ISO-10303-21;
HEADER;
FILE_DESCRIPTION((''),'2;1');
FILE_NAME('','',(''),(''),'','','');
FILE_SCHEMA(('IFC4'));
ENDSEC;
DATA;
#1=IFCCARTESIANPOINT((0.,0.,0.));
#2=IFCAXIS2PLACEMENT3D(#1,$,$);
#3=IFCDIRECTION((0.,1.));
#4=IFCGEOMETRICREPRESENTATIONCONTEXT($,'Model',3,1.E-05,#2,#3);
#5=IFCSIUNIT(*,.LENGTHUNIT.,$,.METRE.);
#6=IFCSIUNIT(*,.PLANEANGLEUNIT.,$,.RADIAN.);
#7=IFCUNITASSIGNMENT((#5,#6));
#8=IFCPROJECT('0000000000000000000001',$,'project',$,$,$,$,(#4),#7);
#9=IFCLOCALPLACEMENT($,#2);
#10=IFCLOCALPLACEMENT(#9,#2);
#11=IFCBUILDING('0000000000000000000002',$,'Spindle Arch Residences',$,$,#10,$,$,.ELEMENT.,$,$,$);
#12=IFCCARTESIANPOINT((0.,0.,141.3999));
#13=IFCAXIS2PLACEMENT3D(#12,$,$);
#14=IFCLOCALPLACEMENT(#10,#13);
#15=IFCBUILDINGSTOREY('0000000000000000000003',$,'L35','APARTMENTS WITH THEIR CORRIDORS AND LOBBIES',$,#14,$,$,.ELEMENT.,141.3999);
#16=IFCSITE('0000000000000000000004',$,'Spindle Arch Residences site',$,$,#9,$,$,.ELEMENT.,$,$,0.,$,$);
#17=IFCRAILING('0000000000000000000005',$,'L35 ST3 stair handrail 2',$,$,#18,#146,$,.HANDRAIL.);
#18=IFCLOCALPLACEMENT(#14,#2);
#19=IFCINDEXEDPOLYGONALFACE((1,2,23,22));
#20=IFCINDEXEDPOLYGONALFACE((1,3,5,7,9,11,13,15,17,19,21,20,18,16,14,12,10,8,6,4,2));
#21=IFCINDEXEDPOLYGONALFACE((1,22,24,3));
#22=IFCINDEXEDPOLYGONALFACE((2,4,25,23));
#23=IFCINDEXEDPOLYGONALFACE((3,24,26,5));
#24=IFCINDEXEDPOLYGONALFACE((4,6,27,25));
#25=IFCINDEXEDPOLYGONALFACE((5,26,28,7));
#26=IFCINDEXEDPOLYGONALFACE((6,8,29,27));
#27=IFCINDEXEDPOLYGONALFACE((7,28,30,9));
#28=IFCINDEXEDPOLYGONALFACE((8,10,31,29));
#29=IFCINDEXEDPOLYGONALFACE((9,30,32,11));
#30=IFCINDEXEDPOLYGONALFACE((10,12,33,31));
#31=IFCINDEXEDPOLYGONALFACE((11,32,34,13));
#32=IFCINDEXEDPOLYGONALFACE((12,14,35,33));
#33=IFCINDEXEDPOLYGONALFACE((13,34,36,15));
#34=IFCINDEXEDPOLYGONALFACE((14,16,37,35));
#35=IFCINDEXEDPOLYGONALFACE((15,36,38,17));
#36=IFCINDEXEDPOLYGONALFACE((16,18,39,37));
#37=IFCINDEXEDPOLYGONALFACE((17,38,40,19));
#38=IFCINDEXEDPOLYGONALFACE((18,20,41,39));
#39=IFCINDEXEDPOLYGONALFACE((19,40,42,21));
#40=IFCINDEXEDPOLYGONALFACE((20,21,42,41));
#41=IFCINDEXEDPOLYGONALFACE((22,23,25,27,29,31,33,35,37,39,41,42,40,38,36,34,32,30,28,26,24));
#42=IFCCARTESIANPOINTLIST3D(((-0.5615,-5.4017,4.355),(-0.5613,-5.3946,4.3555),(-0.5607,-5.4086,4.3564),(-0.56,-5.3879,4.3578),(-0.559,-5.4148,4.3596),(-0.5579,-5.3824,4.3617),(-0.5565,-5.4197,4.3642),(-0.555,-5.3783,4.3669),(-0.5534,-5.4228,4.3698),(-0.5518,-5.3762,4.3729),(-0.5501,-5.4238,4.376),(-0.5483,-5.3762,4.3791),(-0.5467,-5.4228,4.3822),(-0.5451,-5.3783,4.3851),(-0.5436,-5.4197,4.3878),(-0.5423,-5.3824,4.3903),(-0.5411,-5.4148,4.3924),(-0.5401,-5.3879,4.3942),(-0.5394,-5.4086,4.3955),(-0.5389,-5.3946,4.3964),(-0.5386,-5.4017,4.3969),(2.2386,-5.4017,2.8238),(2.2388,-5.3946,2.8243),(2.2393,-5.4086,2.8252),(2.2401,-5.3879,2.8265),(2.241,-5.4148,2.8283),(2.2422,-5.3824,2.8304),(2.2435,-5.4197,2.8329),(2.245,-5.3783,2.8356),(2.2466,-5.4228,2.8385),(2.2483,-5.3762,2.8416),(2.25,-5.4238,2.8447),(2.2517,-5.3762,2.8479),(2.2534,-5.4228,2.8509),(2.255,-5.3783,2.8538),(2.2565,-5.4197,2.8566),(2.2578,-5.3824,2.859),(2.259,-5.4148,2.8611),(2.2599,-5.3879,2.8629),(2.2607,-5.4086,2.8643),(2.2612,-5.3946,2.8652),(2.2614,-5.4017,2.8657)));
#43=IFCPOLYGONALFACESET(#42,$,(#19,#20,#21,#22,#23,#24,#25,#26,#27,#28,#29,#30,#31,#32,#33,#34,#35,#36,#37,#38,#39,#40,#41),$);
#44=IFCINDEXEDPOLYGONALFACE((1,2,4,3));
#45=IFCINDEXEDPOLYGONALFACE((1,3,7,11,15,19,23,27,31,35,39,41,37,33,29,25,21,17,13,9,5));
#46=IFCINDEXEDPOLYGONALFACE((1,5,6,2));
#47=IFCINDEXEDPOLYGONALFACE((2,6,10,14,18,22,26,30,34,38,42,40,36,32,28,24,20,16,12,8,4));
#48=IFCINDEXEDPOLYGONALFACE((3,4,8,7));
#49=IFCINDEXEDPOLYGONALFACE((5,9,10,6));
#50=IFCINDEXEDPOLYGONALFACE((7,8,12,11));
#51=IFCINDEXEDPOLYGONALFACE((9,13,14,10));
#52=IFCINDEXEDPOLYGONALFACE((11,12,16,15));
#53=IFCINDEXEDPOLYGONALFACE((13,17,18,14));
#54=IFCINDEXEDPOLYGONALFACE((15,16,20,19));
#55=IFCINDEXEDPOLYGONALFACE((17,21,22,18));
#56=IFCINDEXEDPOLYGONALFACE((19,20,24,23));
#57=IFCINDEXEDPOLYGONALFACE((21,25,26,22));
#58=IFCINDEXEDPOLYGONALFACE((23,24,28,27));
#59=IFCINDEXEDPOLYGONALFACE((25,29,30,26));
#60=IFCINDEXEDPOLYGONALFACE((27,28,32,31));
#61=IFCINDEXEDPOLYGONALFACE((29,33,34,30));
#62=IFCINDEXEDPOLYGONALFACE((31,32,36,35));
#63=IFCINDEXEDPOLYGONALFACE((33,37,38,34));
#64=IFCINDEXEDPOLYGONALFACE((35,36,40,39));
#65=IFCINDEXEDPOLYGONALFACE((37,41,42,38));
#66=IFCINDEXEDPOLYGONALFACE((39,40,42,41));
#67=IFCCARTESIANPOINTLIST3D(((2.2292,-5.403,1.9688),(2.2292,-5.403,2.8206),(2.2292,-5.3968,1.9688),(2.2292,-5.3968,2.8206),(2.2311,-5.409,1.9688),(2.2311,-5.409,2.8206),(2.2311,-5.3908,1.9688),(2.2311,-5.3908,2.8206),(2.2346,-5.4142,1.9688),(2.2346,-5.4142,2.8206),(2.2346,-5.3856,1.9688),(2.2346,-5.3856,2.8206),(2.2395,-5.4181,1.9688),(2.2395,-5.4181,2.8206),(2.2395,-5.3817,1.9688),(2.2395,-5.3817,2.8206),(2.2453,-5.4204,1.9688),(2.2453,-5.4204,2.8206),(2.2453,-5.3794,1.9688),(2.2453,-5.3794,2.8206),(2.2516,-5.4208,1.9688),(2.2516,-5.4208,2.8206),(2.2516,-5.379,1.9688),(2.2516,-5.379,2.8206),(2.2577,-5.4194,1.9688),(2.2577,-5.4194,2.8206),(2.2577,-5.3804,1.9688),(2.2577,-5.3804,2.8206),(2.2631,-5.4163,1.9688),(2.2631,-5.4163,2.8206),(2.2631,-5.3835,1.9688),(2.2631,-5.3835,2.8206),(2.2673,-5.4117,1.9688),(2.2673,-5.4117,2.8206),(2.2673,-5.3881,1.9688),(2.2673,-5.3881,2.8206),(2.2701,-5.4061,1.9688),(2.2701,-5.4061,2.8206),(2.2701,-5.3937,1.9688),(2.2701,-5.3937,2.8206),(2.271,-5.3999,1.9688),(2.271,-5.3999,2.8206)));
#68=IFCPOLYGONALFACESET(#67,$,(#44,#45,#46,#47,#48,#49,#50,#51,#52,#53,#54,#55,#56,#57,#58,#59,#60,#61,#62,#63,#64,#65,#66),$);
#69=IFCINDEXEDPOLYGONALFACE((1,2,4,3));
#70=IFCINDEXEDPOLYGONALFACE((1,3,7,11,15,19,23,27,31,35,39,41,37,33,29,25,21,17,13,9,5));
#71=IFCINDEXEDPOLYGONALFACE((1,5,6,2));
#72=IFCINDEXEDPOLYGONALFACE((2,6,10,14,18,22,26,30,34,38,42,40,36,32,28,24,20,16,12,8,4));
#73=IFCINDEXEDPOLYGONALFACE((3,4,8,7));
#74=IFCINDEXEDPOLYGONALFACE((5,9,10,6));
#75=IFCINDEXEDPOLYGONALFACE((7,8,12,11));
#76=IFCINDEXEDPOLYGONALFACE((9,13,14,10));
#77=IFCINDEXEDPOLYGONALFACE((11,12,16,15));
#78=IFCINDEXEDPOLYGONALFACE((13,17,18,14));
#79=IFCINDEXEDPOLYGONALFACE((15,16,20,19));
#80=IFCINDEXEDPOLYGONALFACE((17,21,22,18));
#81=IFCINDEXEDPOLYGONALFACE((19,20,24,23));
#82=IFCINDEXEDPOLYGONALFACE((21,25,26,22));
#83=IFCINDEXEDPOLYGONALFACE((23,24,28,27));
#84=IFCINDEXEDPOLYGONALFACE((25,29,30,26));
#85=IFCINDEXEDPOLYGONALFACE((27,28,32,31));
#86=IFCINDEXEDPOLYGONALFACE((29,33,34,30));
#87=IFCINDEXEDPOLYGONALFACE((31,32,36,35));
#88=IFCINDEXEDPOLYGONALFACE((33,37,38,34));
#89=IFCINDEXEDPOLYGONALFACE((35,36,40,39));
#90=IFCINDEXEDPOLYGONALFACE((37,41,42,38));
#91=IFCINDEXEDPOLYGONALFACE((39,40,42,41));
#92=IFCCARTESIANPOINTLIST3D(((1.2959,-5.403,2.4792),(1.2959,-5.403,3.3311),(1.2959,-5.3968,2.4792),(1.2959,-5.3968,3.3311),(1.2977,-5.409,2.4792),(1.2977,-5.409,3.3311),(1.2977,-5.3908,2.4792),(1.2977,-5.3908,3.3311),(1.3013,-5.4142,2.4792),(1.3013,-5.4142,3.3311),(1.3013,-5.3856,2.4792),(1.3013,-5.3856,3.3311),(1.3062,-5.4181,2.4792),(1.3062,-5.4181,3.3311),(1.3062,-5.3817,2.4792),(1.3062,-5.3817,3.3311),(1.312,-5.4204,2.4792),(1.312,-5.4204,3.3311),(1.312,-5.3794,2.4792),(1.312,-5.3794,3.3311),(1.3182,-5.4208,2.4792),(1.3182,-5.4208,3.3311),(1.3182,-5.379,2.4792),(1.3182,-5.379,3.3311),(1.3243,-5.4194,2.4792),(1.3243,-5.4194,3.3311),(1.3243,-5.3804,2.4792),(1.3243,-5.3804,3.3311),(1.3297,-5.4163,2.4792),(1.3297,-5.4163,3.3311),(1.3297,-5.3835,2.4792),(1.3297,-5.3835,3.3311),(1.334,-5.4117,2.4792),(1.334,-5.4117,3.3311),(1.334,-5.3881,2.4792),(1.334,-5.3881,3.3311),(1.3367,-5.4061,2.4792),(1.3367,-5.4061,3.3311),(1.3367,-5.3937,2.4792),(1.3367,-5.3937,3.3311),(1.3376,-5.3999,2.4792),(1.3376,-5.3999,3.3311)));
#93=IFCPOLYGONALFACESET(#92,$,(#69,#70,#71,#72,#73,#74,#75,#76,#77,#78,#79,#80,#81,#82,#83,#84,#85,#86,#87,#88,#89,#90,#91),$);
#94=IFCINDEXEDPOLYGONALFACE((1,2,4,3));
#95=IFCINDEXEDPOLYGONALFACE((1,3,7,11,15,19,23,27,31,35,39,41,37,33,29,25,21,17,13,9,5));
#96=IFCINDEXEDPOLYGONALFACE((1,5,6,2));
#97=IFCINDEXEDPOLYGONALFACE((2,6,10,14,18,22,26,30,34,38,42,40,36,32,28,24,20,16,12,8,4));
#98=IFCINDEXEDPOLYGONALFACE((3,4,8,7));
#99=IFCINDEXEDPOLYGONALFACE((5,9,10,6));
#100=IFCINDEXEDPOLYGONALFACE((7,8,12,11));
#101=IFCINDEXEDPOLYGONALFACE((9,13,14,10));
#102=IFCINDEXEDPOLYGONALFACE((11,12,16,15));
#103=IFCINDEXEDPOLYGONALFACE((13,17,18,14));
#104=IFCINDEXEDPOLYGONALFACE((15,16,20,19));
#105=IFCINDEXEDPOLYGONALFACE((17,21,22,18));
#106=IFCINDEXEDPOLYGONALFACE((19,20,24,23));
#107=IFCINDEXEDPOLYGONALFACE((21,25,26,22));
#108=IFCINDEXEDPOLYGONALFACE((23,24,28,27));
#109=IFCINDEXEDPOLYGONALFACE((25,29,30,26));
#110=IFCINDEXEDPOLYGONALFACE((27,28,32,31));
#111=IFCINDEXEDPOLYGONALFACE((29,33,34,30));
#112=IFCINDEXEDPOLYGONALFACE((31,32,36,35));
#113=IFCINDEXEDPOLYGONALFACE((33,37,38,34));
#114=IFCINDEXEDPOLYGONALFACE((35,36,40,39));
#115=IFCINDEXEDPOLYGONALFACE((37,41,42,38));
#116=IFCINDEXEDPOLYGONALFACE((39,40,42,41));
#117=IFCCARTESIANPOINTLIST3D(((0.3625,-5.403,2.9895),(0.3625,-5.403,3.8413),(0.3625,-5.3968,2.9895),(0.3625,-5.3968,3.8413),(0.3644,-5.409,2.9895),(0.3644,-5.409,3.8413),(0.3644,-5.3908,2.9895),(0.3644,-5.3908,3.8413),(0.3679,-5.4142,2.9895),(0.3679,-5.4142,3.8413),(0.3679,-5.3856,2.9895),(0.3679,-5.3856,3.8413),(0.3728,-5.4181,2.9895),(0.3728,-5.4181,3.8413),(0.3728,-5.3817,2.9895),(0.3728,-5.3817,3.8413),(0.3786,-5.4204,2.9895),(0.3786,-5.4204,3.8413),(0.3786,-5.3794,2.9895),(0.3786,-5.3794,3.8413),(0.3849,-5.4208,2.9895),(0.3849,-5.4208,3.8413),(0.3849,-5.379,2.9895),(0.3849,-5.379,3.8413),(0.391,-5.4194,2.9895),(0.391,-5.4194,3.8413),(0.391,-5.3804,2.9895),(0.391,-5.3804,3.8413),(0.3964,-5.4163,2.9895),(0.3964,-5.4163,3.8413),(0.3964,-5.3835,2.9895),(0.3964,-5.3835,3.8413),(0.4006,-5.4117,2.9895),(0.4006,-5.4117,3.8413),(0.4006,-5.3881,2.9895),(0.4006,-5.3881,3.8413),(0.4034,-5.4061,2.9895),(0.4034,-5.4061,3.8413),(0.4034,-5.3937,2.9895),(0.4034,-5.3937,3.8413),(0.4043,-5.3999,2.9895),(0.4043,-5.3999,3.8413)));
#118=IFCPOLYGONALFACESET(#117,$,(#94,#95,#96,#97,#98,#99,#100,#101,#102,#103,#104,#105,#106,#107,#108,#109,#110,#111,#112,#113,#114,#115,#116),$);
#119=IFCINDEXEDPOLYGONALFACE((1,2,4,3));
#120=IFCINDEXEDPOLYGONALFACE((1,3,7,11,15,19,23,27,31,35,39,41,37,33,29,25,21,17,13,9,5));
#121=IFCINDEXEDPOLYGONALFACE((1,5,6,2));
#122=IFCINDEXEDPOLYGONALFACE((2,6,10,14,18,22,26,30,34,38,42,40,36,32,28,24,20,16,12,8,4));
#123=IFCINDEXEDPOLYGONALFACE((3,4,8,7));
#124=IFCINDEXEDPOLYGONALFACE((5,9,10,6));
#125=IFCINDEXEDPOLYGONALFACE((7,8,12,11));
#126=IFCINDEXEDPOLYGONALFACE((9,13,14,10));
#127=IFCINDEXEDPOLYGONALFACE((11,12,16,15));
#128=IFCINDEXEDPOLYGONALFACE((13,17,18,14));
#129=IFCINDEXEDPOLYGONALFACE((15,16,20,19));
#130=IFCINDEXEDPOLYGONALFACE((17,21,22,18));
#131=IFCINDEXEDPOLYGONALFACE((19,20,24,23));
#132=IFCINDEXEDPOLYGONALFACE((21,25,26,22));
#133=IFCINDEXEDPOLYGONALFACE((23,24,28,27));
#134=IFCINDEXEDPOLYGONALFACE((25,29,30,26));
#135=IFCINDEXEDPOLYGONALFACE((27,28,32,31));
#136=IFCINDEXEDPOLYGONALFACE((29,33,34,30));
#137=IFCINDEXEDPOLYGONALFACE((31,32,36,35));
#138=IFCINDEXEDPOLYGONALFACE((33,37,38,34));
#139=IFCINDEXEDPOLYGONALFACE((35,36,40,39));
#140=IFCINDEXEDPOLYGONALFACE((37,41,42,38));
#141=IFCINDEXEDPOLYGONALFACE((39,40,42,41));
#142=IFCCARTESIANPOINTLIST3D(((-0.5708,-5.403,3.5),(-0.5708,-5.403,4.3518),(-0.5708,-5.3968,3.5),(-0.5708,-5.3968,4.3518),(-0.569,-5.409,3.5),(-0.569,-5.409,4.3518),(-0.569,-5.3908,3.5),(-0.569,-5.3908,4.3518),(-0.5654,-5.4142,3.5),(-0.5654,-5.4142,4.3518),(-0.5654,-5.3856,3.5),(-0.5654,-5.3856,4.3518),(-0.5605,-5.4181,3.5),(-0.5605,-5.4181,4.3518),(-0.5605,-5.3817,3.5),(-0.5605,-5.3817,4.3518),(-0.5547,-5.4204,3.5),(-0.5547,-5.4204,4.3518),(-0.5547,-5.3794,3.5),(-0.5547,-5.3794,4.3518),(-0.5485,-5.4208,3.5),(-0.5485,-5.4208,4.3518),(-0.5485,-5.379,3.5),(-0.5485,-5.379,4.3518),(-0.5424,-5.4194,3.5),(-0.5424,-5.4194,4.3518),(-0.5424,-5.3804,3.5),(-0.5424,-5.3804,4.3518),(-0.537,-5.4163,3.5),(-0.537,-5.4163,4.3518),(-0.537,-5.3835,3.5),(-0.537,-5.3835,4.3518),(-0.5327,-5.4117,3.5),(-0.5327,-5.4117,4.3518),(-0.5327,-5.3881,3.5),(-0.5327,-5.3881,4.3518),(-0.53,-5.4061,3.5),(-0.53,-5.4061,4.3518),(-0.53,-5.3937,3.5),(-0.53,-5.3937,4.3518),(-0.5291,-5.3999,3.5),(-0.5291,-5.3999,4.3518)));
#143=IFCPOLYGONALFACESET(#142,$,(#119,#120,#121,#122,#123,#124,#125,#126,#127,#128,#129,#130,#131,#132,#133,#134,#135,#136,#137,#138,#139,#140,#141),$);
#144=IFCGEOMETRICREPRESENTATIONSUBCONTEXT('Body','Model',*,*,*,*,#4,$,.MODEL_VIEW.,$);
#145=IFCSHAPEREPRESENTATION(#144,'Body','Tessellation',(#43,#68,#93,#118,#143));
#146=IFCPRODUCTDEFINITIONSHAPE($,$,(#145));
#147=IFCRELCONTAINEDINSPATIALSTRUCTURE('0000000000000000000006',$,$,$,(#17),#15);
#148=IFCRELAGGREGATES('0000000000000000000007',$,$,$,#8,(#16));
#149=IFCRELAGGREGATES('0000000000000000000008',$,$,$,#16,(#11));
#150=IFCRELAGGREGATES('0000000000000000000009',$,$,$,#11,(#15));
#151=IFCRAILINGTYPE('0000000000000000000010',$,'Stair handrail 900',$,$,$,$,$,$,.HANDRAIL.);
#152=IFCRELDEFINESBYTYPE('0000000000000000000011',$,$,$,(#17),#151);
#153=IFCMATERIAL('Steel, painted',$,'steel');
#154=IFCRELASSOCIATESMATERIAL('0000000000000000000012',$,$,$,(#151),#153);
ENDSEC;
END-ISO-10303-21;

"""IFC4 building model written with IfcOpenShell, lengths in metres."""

from ifc_helpers import new_model, si_unit, direction, frame, origin, origin_2d, place, context, subcontext, project, spatial, circle, extrude, material, type_object, element, save


model = new_model("IFC4")

# Units and contexts
model_context = context("Model", 3, precision=1e-05, world=origin(), true_north=direction((0.0, 1.0)))
body_context = subcontext(model_context, "Body", "Model", "MODEL_VIEW")
ifc_project = project(units=[si_unit("LENGTHUNIT", "METRE"), si_unit("PLANEANGLEUNIT", "RADIAN")], contexts=[model_context])

# Site, building, storey
site_placement = place(None, origin())
site = spatial("IfcSite", under=ifc_project, at=site_placement, Name="Spindle Arch Residences site", CompositionType="ELEMENT", RefElevation=0.0)
building_placement = place(site_placement, origin())
building = spatial("IfcBuilding", under=site, at=building_placement, Name="Spindle Arch Residences", CompositionType="ELEMENT")
storey_placement = place(building_placement, frame((0.0, 0.0, 141.3999)))
storey = spatial("IfcBuildingStorey", under=building, at=storey_placement, Name="L35", Description="APARTMENTS WITH THEIR CORRIDORS AND LOBBIES", CompositionType="ELEMENT", Elevation=141.3999)

# Railing
ifc_material_1 = material(Name="Steel, painted", Category="steel")
railing_type_1 = type_object("IfcRailingType", Name="Stair handrail 900", PredefinedType="HANDRAIL", material=ifc_material_1)
railing_1_placement = place(storey_placement, frame((2.25, -5.3999, 1.9688)))
element("IfcRailing", 1, at=railing_1_placement, inside=storey, type_object=railing_type_1, Name="L35 ST3 stair handrail 2", PredefinedType="HANDRAIL", context=body_context, shape_type="SweptSolid", body=[
    extrude(circle(Radius=0.0239, at=origin_2d()), frame((0.0, 0.0, 0.876), z_axis=(-0.877375, 0.0, 0.479806), x_axis=(0.0, -1.0, 0.0)), (0.0, 0.0, 1.0), 3.1914),
    extrude(circle(Radius=0.021, at=origin_2d()), origin(), (0.0, 0.0, 1.0), 0.8518),
    extrude(circle(Radius=0.021, at=origin_2d()), frame((-0.9333, 0.0, 0.5105)), (0.0, 0.0, 1.0), 0.8518),
    extrude(circle(Radius=0.021, at=origin_2d()), frame((-1.8667, 0.0, 1.0208)), (0.0, 0.0, 1.0), 0.8518),
    extrude(circle(Radius=0.021, at=origin_2d()), frame((-2.8, 0.0, 1.5312)), (0.0, 0.0, 1.0), 0.8518),
])

save(model, "model.ifc")
